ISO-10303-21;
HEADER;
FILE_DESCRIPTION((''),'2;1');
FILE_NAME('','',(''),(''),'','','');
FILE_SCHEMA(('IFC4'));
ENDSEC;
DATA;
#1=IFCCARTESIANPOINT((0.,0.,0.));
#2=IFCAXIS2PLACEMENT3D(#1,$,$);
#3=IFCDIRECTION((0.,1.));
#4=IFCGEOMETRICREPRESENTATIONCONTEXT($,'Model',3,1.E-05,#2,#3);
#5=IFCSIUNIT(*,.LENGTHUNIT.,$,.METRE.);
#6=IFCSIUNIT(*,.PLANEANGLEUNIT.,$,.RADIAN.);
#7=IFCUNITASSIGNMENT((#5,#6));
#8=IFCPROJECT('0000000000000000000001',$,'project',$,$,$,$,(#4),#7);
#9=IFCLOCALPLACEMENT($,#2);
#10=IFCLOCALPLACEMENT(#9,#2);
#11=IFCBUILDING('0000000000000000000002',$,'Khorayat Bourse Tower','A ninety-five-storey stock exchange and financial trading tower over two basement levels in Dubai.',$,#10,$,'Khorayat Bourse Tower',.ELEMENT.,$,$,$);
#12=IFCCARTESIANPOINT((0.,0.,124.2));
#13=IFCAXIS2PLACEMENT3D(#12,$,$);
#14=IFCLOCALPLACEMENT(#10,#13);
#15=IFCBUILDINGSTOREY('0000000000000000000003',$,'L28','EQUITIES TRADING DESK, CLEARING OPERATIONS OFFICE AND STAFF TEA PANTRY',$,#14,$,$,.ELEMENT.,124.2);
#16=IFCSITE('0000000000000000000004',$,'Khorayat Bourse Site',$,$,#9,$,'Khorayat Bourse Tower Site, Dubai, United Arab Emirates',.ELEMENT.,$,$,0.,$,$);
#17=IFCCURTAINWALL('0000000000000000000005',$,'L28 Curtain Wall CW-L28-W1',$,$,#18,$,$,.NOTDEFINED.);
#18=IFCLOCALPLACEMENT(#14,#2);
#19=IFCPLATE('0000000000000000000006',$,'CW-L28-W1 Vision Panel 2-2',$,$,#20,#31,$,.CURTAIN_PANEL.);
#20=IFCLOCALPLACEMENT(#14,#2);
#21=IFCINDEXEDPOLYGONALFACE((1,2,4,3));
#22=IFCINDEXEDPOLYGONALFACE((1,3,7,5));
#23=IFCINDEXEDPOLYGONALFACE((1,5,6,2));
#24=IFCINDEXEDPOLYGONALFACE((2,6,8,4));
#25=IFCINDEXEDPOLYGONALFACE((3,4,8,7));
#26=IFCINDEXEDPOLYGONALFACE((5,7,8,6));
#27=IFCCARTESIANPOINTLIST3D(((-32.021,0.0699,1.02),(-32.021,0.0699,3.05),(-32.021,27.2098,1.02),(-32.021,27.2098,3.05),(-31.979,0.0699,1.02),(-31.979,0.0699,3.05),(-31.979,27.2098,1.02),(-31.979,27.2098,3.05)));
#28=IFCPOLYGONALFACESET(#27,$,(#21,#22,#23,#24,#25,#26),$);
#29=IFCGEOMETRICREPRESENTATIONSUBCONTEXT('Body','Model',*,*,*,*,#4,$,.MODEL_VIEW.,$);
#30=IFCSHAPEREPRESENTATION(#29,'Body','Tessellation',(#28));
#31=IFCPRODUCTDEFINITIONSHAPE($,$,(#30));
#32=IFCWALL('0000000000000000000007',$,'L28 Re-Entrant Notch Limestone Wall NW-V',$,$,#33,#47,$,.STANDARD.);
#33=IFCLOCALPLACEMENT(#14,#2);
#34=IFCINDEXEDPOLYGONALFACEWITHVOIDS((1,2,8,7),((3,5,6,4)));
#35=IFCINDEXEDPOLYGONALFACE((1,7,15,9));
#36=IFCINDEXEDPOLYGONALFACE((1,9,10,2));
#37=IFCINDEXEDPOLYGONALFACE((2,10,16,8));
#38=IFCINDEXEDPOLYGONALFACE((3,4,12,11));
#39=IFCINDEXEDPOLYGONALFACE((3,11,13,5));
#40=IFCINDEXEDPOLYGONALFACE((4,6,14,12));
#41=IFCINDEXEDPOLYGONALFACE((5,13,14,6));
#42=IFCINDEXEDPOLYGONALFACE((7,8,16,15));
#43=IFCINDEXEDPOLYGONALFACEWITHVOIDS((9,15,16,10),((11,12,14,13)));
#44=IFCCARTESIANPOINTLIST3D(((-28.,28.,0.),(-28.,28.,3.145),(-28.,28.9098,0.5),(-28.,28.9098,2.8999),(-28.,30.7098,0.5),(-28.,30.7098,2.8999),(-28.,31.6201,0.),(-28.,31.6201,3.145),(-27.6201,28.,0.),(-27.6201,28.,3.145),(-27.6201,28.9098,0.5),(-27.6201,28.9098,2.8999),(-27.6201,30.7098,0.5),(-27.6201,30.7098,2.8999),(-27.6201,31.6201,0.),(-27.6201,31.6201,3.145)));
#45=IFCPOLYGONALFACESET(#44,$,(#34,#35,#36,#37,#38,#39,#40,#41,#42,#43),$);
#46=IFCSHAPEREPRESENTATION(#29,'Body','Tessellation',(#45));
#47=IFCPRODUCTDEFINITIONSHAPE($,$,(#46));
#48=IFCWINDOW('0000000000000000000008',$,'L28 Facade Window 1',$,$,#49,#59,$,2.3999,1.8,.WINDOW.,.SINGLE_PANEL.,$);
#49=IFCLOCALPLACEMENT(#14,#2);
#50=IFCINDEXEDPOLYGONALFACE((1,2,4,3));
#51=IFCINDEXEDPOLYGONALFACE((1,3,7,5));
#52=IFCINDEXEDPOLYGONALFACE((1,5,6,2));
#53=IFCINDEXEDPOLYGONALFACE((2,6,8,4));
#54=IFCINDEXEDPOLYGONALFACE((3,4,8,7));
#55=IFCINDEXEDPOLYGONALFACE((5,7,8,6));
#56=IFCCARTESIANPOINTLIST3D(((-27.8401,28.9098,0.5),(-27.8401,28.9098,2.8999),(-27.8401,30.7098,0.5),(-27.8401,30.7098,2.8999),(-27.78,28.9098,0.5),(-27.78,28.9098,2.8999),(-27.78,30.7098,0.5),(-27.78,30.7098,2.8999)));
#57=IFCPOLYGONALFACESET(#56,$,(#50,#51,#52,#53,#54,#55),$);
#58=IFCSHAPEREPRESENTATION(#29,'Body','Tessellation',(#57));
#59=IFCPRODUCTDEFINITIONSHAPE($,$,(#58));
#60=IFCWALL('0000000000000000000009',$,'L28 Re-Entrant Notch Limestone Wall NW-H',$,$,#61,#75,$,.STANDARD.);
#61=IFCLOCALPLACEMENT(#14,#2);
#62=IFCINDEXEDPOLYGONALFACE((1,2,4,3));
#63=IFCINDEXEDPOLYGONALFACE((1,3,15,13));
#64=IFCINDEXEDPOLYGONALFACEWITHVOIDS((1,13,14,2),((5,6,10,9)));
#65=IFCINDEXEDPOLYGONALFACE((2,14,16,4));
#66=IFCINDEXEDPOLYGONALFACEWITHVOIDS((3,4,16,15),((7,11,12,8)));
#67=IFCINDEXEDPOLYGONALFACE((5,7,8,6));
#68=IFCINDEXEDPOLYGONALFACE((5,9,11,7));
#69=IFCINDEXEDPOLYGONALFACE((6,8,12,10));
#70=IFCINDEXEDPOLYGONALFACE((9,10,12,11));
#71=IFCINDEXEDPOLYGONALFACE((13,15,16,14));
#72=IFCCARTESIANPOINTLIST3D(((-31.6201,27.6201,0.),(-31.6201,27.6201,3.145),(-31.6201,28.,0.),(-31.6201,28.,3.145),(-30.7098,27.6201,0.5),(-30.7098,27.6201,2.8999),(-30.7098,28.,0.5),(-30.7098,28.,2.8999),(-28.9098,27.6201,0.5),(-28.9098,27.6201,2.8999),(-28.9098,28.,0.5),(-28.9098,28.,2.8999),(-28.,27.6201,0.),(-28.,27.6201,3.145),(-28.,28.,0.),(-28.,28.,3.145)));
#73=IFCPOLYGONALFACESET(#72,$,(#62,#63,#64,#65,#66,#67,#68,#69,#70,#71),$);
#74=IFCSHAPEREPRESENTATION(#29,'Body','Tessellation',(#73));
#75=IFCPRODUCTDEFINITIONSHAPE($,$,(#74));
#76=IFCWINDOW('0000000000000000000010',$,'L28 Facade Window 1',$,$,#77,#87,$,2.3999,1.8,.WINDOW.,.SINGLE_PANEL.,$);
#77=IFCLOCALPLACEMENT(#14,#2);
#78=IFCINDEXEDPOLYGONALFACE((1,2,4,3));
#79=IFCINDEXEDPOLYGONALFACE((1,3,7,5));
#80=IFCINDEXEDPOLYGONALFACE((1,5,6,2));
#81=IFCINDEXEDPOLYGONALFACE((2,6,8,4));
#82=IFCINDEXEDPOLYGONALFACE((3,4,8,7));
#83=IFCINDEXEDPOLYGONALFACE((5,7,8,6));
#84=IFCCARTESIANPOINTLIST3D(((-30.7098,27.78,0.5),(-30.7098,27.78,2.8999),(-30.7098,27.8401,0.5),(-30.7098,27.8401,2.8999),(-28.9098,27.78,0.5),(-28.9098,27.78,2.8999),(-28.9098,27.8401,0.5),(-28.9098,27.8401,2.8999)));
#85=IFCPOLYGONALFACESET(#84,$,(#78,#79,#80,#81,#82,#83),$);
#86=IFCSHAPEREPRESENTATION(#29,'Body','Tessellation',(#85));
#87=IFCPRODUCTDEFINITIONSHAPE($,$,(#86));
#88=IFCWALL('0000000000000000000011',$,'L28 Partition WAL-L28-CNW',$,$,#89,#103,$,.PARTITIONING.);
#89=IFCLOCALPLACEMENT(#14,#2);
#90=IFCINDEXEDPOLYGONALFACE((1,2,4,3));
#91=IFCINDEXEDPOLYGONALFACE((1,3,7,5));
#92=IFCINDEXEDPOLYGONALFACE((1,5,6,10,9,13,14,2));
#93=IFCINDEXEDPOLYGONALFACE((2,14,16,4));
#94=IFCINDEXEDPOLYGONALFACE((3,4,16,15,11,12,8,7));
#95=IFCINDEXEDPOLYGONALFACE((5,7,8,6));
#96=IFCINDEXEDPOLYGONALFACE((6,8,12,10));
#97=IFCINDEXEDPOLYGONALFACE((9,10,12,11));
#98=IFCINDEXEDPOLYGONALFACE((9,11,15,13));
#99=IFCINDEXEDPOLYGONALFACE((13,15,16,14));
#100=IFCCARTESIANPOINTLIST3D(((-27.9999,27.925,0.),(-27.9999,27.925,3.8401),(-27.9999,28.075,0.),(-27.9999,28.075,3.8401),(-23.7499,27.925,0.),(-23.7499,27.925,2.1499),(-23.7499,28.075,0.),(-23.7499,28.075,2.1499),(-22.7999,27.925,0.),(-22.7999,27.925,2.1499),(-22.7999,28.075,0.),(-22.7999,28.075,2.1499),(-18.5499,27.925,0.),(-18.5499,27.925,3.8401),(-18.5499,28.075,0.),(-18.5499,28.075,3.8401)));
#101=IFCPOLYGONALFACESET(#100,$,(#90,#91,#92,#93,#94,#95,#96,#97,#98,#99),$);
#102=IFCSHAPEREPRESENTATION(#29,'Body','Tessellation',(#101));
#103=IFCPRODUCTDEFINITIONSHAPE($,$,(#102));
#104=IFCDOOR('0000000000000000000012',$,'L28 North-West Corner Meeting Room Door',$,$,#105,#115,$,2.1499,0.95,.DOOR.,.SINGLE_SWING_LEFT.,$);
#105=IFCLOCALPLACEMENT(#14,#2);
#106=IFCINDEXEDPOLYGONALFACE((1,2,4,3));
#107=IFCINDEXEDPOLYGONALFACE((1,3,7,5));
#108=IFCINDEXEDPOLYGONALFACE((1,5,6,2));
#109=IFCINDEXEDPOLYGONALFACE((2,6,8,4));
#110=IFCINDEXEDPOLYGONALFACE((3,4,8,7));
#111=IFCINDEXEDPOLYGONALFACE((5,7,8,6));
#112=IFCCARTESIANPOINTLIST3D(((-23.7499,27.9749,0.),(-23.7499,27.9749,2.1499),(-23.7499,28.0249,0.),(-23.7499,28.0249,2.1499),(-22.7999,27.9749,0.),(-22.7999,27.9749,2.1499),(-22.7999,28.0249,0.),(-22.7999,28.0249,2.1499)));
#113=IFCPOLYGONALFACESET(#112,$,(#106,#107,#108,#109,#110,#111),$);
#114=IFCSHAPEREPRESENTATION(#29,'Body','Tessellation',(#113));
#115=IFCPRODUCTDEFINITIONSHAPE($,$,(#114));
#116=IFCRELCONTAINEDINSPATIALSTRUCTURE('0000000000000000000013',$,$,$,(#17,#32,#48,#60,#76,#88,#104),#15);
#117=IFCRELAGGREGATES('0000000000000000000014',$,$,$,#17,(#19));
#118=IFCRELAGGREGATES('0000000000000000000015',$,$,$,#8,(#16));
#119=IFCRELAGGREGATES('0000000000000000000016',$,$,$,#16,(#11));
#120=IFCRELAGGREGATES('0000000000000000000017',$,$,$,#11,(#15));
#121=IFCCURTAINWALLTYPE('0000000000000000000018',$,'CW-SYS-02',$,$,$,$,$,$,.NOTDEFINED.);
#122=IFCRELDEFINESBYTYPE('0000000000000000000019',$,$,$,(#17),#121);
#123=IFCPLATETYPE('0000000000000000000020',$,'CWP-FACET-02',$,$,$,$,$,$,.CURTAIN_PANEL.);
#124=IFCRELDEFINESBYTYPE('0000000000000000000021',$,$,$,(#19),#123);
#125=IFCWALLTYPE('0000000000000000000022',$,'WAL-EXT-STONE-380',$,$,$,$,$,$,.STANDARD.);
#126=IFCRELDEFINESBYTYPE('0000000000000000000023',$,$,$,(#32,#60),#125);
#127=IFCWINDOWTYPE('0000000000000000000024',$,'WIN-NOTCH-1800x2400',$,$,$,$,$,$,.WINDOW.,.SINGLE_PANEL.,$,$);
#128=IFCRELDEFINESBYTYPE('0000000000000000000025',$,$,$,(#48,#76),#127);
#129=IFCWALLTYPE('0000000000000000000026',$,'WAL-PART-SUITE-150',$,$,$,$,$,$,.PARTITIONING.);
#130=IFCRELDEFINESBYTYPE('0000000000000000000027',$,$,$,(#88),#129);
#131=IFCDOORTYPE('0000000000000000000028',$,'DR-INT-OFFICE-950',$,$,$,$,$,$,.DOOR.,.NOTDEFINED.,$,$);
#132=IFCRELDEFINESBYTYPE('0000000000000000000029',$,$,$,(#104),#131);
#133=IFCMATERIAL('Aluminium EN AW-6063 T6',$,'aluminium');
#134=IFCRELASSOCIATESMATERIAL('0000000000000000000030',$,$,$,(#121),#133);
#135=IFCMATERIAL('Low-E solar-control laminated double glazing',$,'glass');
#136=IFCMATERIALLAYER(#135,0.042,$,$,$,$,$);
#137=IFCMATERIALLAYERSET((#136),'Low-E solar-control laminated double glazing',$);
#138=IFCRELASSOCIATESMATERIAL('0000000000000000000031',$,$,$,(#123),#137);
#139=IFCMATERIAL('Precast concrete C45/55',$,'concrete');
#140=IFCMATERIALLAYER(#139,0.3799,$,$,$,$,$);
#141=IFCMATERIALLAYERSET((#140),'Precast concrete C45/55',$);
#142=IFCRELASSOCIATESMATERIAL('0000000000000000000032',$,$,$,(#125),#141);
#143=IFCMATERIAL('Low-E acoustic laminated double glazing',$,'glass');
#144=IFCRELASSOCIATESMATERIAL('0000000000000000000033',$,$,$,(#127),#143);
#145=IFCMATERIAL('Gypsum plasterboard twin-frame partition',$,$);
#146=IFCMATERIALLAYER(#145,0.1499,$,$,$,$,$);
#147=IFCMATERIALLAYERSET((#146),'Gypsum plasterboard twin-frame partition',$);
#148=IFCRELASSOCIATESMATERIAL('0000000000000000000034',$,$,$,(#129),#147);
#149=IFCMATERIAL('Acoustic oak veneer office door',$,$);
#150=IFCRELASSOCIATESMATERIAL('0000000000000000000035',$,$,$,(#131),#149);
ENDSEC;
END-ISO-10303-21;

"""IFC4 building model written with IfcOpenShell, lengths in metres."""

from ifc_helpers import new_model, si_unit, direction, frame, frame_2d, origin, origin_2d, place, context, subcontext, project, spatial, rectangle, extrude, source, transform, mapped, material, layer, layer_set, type_object, element, fill, aggregate, save


model = new_model("IFC4")

# Units and contexts
model_context = context("Model", 3, precision=1e-05, world=origin(), true_north=direction((0.0, 1.0)))
body_context = subcontext(model_context, "Body", "Model", "MODEL_VIEW")
ifc_project = project(units=[si_unit("LENGTHUNIT", "METRE"), si_unit("PLANEANGLEUNIT", "RADIAN")], contexts=[model_context])

# Site, building, storey
site_placement = place(None, origin())
site = spatial("IfcSite", under=ifc_project, at=site_placement, Name="Khorayat Bourse Site", LongName="Khorayat Bourse Tower Site, Dubai, United Arab Emirates", CompositionType="ELEMENT", RefElevation=0.0)
building_placement = place(site_placement, origin())
building = spatial("IfcBuilding", under=site, at=building_placement, Name="Khorayat Bourse Tower", Description="A ninety-five-storey stock exchange and financial trading tower over two basement levels in Dubai.", LongName="Khorayat Bourse Tower", CompositionType="ELEMENT")
storey_placement = place(building_placement, frame((0.0, 0.0, 124.2)))
storey = spatial("IfcBuildingStorey", under=building, at=storey_placement, Name="L28", Description="EQUITIES TRADING DESK, CLEARING OPERATIONS OFFICE AND STAFF TEA PANTRY", CompositionType="ELEMENT", Elevation=124.2)

# Shared definitions
ifc_material_1 = material(Name="Aluminium EN AW-6063 T6", Category="aluminium")
curtain_wall_type = type_object("IfcCurtainWallType", Name="CW-SYS-02", PredefinedType="NOTDEFINED", material=ifc_material_1)

# Curtain wall, plate
curtain_wall_1_placement = place(storey_placement, origin())
curtain_wall_1 = element("IfcCurtainWall", 1, at=curtain_wall_1_placement, inside=storey, type_object=curtain_wall_type, Name="L28 Curtain Wall CW-L28-W1", PredefinedType="NOTDEFINED")
ifc_material_2 = material(Name="Low-E solar-control laminated double glazing", Category="glass")
ifc_layer_1 = layer(ifc_material_2, 0.042)
ifc_layer_set_1 = layer_set([ifc_layer_1], Name="Low-E solar-control laminated double glazing")
plate_type_1 = type_object("IfcPlateType", Name="CWP-FACET-02", PredefinedType="CURTAIN_PANEL", material=ifc_layer_set_1)
shared_shape_1 = source(origin(), body_context, "Body", "SweptSolid", [
    extrude(rectangle(XDim=27.1399, YDim=0.042, at=origin_2d()), origin(), (0.0, 0.0, 1.0), 2.03),
])
plate_1_placement = place(storey_placement, frame((-32.0, 13.6399, 1.02), z_axis=(0.0, 0.0, 1.0), x_axis=(0.0, 1.0, 0.0)))
plate_1 = element("IfcPlate", 2, at=plate_1_placement, type_object=plate_type_1, Name="CW-L28-W1 Vision Panel 2-2", PredefinedType="CURTAIN_PANEL", context=body_context, shape_type="MappedRepresentation", body=[
    mapped(shared_shape_1, transform((0.0, 0.0, 0.0), scale=1.0)),
])
aggregate(curtain_wall_1, [plate_1])

# Walls, openings, windows
ifc_material_3 = material(Name="Precast concrete C45/55", Category="concrete")
ifc_layer_2 = layer(ifc_material_3, 0.3799)
ifc_layer_set_2 = layer_set([ifc_layer_2], Name="Precast concrete C45/55")
wall_type_1 = type_object("IfcWallType", Name="WAL-EXT-STONE-380", PredefinedType="STANDARD", material=ifc_layer_set_2)
shared_shape_2 = source(origin(), body_context, "Body", "SweptSolid", [
    extrude(rectangle(XDim=3.6201, YDim=0.3799, at=frame_2d((1.8101, 0.0))), origin(), (0.0, 0.0, 1.0), 3.145),
])
wall_1_placement = place(storey_placement, frame((-27.8101, 28.0, 0.0), z_axis=(0.0, 0.0, 1.0), x_axis=(0.0, 1.0, 0.0)))
wall_1 = element("IfcWall", 3, at=wall_1_placement, inside=storey, type_object=wall_type_1, Name="L28 Re-Entrant Notch Limestone Wall NW-V", PredefinedType="STANDARD", context=body_context, shape_type="MappedRepresentation", body=[
    mapped(shared_shape_2, transform((0.0, 0.0, 0.0), scale=1.0)),
])
shared_shape_3 = source(origin(), body_context, "Body", "SweptSolid", [
    extrude(rectangle(XDim=1.8, YDim=2.3999, at=frame_2d((0.8999, 1.2))), frame((0.0, 0.2, 0.0), z_axis=(0.0, -1.0, 0.0), x_axis=(1.0, 0.0, 0.0)), (0.0, 0.0, 1.0), 0.3999),
])
opening_1_placement = place(wall_1_placement, frame((0.9099, 0.0, 0.5)))
opening_1 = element("IfcOpeningElement", 4, at=opening_1_placement, cuts=wall_1, PredefinedType="OPENING", context=body_context, shape_type="MappedRepresentation", body=[
    mapped(shared_shape_3, transform((0.0, 0.0, 0.0), scale=1.0)),
])
ifc_material_4 = material(Name="Low-E acoustic laminated double glazing", Category="glass")
window_type = type_object("IfcWindowType", Name="WIN-NOTCH-1800x2400", PartitioningType="SINGLE_PANEL", PredefinedType="WINDOW", material=ifc_material_4)
shared_shape_4 = source(origin(), body_context, "Body", "SweptSolid", [
    extrude(rectangle(XDim=1.8, YDim=2.3999, at=frame_2d((0.8999, 1.2))), frame((0.0, 0.03, 0.0), z_axis=(0.0, -1.0, 0.0), x_axis=(1.0, 0.0, 0.0)), (0.0, 0.0, 1.0), 0.0601),
])
window_1_placement = place(opening_1_placement, origin())
window_1 = element("IfcWindow", 5, at=window_1_placement, inside=storey, type_object=window_type, Name="L28 Facade Window 1", OverallHeight=2.3999, OverallWidth=1.8, PartitioningType="SINGLE_PANEL", PredefinedType="WINDOW", context=body_context, shape_type="MappedRepresentation", body=[
    mapped(shared_shape_4, transform((0.0, 0.0, 0.0), scale=1.0)),
])
fill(opening_1, window_1)
wall_2_placement = place(storey_placement, frame((-28.0, 27.8101, 0.0), z_axis=(0.0, 0.0, 1.0), x_axis=(-1.0, 0.0, 0.0)))
wall_2 = element("IfcWall", 6, at=wall_2_placement, inside=storey, type_object=wall_type_1, Name="L28 Re-Entrant Notch Limestone Wall NW-H", PredefinedType="STANDARD", context=body_context, shape_type="MappedRepresentation", body=[
    mapped(shared_shape_2, transform((0.0, 0.0, 0.0), scale=1.0)),
])
opening_2_placement = place(wall_2_placement, frame((0.9099, 0.0, 0.5)))
opening_2 = element("IfcOpeningElement", 7, at=opening_2_placement, cuts=wall_2, PredefinedType="OPENING", context=body_context, shape_type="MappedRepresentation", body=[
    mapped(shared_shape_3, transform((0.0, 0.0, 0.0), scale=1.0)),
])
window_2_placement = place(opening_2_placement, origin())
window_2 = element("IfcWindow", 8, at=window_2_placement, inside=storey, type_object=window_type, Name="L28 Facade Window 1", OverallHeight=2.3999, OverallWidth=1.8, PartitioningType="SINGLE_PANEL", PredefinedType="WINDOW", context=body_context, shape_type="MappedRepresentation", body=[
    mapped(shared_shape_4, transform((0.0, 0.0, 0.0), scale=1.0)),
])
fill(opening_2, window_2)

# Wall, opening, door
ifc_material_5 = material(Name="Gypsum plasterboard twin-frame partition")
ifc_layer_3 = layer(ifc_material_5, 0.1499)
ifc_layer_set_3 = layer_set([ifc_layer_3], Name="Gypsum plasterboard twin-frame partition")
wall_type_2 = type_object("IfcWallType", Name="WAL-PART-SUITE-150", PredefinedType="PARTITIONING", material=ifc_layer_set_3)
shared_shape_5 = source(origin(), body_context, "Body", "SweptSolid", [
    extrude(rectangle(XDim=9.45, YDim=0.1499, at=frame_2d((4.7251, 0.0))), origin(), (0.0, 0.0, 1.0), 3.8401),
])
wall_3_placement = place(storey_placement, frame((-28.0, 28.0, 0.0), z_axis=(0.0, 0.0, 1.0), x_axis=(1.0, 0.0, 0.0)))
wall_3 = element("IfcWall", 9, at=wall_3_placement, inside=storey, type_object=wall_type_2, Name="L28 Partition WAL-L28-CNW", PredefinedType="PARTITIONING", context=body_context, shape_type="MappedRepresentation", body=[
    mapped(shared_shape_5, transform((0.0, 0.0, 0.0), scale=1.0)),
])
shared_shape_6 = source(origin(), body_context, "Body", "SweptSolid", [
    extrude(rectangle(XDim=0.95, YDim=2.1499, at=frame_2d((0.4751, 1.075))), frame((0.0, 0.085, 0.0), z_axis=(0.0, -1.0, 0.0), x_axis=(1.0, 0.0, 0.0)), (0.0, 0.0, 1.0), 0.1699),
])
opening_3_placement = place(wall_3_placement, frame((4.25, 0.0, 0.0)))
opening_3 = element("IfcOpeningElement", 10, at=opening_3_placement, cuts=wall_3, PredefinedType="OPENING", context=body_context, shape_type="MappedRepresentation", body=[
    mapped(shared_shape_6, transform((0.0, 0.0, 0.0), scale=1.0)),
])
ifc_material_6 = material(Name="Acoustic oak veneer office door")
door_type = type_object("IfcDoorType", Name="DR-INT-OFFICE-950", OperationType="NOTDEFINED", PredefinedType="DOOR", material=ifc_material_6)
shared_shape_7 = source(origin(), body_context, "Body", "SweptSolid", [
    extrude(rectangle(XDim=0.95, YDim=2.1499, at=frame_2d((0.4751, 1.075))), frame((0.0, 0.0249, 0.0), z_axis=(0.0, -1.0, 0.0), x_axis=(1.0, 0.0, 0.0)), (0.0, 0.0, 1.0), 0.05),
])
door_placement = place(opening_3_placement, origin())
door = element("IfcDoor", 11, at=door_placement, inside=storey, type_object=door_type, Name="L28 North-West Corner Meeting Room Door", OperationType="SINGLE_SWING_LEFT", OverallHeight=2.1499, OverallWidth=0.95, PredefinedType="DOOR", context=body_context, shape_type="MappedRepresentation", body=[
    mapped(shared_shape_7, transform((0.0, 0.0, 0.0), scale=1.0)),
])
fill(opening_3, door)

save(model, "model.ifc")
